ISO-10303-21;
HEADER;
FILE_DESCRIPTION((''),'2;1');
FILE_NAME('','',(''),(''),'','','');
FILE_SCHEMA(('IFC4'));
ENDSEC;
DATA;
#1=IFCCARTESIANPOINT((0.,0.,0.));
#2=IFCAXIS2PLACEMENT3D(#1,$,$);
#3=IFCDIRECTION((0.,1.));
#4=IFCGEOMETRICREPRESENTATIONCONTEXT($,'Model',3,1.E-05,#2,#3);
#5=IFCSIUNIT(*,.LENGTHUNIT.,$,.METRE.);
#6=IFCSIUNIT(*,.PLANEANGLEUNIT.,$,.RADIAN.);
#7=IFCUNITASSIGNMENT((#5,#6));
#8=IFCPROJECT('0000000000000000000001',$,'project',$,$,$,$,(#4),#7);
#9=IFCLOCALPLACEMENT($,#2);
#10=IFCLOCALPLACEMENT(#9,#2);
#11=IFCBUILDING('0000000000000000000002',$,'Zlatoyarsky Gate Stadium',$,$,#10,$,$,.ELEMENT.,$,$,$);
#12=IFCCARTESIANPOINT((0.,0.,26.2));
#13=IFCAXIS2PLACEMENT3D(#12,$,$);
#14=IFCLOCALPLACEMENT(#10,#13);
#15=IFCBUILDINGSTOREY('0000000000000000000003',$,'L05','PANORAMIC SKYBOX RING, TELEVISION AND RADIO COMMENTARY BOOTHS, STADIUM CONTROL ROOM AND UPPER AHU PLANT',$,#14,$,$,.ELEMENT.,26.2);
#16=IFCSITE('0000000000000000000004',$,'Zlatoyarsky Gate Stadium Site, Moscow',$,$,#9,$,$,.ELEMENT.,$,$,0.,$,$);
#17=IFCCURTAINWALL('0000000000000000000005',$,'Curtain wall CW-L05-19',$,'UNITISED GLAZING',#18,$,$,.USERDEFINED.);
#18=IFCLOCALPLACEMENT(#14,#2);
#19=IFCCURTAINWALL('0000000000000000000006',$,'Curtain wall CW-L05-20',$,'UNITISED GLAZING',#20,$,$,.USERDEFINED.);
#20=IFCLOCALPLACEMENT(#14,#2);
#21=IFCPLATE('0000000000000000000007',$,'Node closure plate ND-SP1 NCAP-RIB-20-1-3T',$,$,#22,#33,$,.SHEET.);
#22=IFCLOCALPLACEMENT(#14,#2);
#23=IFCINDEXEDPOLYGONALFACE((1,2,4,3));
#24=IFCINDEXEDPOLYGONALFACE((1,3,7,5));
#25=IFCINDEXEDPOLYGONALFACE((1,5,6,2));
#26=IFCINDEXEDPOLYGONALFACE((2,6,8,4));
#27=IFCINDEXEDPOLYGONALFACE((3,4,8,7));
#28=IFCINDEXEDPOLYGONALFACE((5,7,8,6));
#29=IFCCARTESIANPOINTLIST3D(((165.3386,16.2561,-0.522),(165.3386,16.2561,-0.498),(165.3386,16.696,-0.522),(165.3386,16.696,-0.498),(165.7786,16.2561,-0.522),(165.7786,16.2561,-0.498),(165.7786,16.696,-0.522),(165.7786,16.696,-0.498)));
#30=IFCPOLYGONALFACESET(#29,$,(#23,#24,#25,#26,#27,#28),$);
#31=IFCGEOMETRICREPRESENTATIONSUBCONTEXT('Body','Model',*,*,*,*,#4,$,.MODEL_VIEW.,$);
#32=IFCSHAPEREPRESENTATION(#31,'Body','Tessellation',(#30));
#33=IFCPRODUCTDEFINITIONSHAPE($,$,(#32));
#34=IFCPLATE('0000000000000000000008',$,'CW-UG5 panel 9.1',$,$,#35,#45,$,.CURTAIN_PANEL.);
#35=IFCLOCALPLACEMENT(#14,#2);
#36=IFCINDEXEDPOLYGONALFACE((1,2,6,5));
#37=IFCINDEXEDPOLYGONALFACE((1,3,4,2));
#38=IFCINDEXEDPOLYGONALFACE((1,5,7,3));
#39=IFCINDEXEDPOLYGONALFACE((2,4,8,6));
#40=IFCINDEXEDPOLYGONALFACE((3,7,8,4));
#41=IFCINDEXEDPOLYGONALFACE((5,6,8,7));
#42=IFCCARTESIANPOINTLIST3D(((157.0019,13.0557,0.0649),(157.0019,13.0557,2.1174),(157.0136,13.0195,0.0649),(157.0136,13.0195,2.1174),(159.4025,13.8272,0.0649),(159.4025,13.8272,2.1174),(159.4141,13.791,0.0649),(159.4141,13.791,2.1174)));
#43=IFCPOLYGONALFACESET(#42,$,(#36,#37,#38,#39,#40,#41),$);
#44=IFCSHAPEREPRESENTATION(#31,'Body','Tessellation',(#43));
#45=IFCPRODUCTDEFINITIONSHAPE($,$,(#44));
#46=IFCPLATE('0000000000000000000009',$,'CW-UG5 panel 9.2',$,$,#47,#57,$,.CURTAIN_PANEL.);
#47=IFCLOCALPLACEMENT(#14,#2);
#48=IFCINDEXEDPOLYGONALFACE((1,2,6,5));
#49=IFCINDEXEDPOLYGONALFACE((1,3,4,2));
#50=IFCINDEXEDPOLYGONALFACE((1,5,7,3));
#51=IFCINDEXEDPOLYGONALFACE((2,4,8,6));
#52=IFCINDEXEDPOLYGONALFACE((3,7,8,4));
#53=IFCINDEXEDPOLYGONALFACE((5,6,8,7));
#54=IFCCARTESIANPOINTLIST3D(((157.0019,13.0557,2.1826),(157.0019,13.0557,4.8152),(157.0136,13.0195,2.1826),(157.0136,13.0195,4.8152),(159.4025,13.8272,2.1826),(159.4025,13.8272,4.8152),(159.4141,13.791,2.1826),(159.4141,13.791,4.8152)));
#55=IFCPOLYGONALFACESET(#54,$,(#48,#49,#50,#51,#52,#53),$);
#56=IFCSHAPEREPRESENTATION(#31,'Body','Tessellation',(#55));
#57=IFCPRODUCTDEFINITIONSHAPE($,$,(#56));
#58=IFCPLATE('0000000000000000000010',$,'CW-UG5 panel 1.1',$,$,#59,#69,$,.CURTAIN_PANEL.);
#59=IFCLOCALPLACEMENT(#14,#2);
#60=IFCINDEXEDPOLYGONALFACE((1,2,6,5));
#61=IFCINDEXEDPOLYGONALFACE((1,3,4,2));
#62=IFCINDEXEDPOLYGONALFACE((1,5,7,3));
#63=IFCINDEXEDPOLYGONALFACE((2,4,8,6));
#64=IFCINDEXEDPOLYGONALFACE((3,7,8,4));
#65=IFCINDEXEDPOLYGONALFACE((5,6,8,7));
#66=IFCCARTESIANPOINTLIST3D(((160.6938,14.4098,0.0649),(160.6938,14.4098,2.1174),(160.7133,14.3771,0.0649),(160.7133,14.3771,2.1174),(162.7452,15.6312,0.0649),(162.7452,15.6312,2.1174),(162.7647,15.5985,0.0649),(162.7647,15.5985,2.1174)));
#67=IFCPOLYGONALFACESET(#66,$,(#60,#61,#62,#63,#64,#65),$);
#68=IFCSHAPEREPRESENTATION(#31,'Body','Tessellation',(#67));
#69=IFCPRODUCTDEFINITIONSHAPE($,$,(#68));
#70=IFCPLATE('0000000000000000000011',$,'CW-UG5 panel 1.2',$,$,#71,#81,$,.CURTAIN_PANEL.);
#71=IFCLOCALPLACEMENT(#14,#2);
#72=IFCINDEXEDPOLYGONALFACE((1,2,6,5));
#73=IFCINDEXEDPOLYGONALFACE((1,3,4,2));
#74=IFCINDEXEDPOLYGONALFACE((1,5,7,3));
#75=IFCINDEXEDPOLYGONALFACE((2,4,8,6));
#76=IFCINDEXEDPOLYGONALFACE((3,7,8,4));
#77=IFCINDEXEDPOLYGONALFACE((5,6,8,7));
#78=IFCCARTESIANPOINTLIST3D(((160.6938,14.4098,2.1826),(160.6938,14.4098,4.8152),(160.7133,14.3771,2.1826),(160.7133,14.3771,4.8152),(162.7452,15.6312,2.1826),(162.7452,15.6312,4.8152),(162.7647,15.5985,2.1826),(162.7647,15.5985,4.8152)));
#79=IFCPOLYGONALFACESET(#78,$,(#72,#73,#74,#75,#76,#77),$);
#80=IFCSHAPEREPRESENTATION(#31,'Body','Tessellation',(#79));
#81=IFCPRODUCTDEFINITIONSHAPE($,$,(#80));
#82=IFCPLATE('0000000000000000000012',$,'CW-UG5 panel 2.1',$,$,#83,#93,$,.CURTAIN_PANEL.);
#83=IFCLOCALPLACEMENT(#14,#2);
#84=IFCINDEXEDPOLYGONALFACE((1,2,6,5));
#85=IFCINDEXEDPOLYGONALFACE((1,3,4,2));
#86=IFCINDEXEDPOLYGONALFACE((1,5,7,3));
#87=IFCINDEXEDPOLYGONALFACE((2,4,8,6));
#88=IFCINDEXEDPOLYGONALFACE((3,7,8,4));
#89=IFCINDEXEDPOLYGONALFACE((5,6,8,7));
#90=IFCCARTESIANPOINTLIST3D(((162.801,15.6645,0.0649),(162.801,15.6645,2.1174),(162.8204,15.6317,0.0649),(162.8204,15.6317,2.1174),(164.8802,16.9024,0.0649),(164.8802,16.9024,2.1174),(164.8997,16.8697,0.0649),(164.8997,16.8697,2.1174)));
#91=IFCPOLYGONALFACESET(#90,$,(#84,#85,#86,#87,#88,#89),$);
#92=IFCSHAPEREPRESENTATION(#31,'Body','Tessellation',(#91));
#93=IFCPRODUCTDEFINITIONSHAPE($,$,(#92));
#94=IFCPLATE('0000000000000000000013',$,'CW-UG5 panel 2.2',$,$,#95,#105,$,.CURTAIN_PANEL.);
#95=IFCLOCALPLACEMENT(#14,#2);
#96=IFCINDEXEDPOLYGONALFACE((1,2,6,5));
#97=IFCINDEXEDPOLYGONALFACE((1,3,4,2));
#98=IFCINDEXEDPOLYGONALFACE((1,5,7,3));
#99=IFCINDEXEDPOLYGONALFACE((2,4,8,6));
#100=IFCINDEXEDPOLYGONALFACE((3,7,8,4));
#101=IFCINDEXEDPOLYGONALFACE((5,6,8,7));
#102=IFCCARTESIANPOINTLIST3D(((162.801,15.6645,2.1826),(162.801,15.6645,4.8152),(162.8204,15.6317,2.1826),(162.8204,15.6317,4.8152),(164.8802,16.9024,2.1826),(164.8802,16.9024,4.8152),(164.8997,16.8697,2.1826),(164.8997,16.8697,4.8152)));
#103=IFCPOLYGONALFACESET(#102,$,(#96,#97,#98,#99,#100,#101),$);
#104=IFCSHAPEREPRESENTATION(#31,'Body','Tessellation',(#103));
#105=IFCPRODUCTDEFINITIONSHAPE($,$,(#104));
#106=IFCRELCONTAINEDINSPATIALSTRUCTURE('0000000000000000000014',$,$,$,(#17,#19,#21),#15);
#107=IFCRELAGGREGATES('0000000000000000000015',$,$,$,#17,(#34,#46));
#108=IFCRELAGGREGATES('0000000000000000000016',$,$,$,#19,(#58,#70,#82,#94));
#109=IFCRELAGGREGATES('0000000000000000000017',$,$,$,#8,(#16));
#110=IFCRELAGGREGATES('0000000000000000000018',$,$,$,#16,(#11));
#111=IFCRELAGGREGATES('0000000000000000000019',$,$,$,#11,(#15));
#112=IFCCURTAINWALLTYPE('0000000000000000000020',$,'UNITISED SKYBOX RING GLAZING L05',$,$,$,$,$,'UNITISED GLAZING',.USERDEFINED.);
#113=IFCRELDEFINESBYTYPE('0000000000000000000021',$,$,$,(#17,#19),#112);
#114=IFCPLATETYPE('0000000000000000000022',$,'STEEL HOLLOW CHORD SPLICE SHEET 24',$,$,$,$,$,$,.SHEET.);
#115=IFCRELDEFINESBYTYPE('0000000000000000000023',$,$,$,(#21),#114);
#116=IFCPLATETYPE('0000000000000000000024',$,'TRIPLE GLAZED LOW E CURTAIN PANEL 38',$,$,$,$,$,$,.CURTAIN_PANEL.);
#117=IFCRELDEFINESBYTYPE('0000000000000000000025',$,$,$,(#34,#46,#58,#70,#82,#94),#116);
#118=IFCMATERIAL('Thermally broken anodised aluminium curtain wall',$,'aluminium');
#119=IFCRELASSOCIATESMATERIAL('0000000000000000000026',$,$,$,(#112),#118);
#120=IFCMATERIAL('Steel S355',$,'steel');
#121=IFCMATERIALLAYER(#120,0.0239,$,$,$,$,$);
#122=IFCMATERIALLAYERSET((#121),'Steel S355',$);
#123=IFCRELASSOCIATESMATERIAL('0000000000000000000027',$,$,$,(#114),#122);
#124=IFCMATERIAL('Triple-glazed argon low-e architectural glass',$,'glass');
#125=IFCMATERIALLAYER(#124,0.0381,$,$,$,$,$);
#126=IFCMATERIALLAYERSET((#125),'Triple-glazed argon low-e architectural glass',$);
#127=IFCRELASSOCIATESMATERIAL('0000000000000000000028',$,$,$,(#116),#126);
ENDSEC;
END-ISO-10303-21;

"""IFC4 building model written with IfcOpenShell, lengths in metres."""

from ifc_helpers import new_model, si_unit, direction, frame, origin, origin_2d, place, context, subcontext, project, spatial, rectangle, extrude, material, layer, layer_set, type_object, element, aggregate, save


model = new_model("IFC4")

# Units and contexts
model_context = context("Model", 3, precision=1e-05, world=origin(), true_north=direction((0.0, 1.0)))
body_context = subcontext(model_context, "Body", "Model", "MODEL_VIEW")
ifc_project = project(units=[si_unit("LENGTHUNIT", "METRE"), si_unit("PLANEANGLEUNIT", "RADIAN")], contexts=[model_context])

# Site, building, storey
site_placement = place(None, origin())
site = spatial("IfcSite", under=ifc_project, at=site_placement, Name="Zlatoyarsky Gate Stadium Site, Moscow", CompositionType="ELEMENT", RefElevation=0.0)
building_placement = place(site_placement, origin())
building = spatial("IfcBuilding", under=site, at=building_placement, Name="Zlatoyarsky Gate Stadium", CompositionType="ELEMENT")
storey_placement = place(building_placement, frame((0.0, 0.0, 26.2)))
storey = spatial("IfcBuildingStorey", under=building, at=storey_placement, Name="L05", Description="PANORAMIC SKYBOX RING, TELEVISION AND RADIO COMMENTARY BOOTHS, STADIUM CONTROL ROOM AND UPPER AHU PLANT", CompositionType="ELEMENT", Elevation=26.2)

# Curtain walls
ifc_material_1 = material(Name="Thermally broken anodised aluminium curtain wall", Category="aluminium")
curtain_wall_type = type_object("IfcCurtainWallType", Name="UNITISED SKYBOX RING GLAZING L05", ElementType="UNITISED GLAZING", PredefinedType="USERDEFINED", material=ifc_material_1)
curtain_wall_1_placement = place(storey_placement, origin())
curtain_wall_1 = element("IfcCurtainWall", 1, at=curtain_wall_1_placement, inside=storey, type_object=curtain_wall_type, Name="Curtain wall CW-L05-19", ObjectType="UNITISED GLAZING", PredefinedType="USERDEFINED")
curtain_wall_2_placement = place(storey_placement, origin())
curtain_wall_2 = element("IfcCurtainWall", 2, at=curtain_wall_2_placement, inside=storey, type_object=curtain_wall_type, Name="Curtain wall CW-L05-20", ObjectType="UNITISED GLAZING", PredefinedType="USERDEFINED")

# Shared definitions
ifc_material_2 = material(Name="Steel S355", Category="steel")

# Plate
ifc_layer_1 = layer(ifc_material_2, 0.0239)
ifc_layer_set_1 = layer_set([ifc_layer_1], Name="Steel S355")
plate_type_1 = type_object("IfcPlateType", Name="STEEL HOLLOW CHORD SPLICE SHEET 24", PredefinedType="SHEET", material=ifc_layer_set_1)
plate_1_placement = place(storey_placement, frame((165.5586, 16.4761, -0.522), z_axis=(0.0, 0.0, 1.0), x_axis=(1.0, 0.0, 0.0)))
element("IfcPlate", 3, at=plate_1_placement, inside=storey, type_object=plate_type_1, Name="Node closure plate ND-SP1 NCAP-RIB-20-1-3T", PredefinedType="SHEET", context=body_context, shape_type="SweptSolid", body=[
    extrude(rectangle(XDim=0.4399, YDim=0.4399, at=origin_2d()), origin(), (0.0, 0.0, 1.0), 0.0239),
])

# Plates
ifc_material_3 = material(Name="Triple-glazed argon low-e architectural glass", Category="glass")
ifc_layer_2 = layer(ifc_material_3, 0.0381)
ifc_layer_set_2 = layer_set([ifc_layer_2], Name="Triple-glazed argon low-e architectural glass")
plate_type_2 = type_object("IfcPlateType", Name="TRIPLE GLAZED LOW E CURTAIN PANEL 38", PredefinedType="CURTAIN_PANEL", material=ifc_layer_set_2)
plate_2_placement = place(storey_placement, frame((158.208, 13.4233, 0.0649), z_axis=(0.0, 0.0, 1.0), x_axis=(0.952039, 0.305978, 0.0)))
plate_2 = element("IfcPlate", 4, at=plate_2_placement, type_object=plate_type_2, Name="CW-UG5 panel 9.1", PredefinedType="CURTAIN_PANEL", context=body_context, shape_type="SweptSolid", body=[
    extrude(rectangle(XDim=2.5215, YDim=0.0381, at=origin_2d()), origin(), (0.0, 0.0, 1.0), 2.0525),
])
plate_3_placement = place(storey_placement, frame((158.208, 13.4233, 2.1826), z_axis=(0.0, 0.0, 1.0), x_axis=(0.952039, 0.305978, 0.0)))
plate_3 = element("IfcPlate", 5, at=plate_3_placement, type_object=plate_type_2, Name="CW-UG5 panel 9.2", PredefinedType="CURTAIN_PANEL", context=body_context, shape_type="SweptSolid", body=[
    extrude(rectangle(XDim=2.5215, YDim=0.0381, at=origin_2d()), origin(), (0.0, 0.0, 1.0), 2.6326),
])
aggregate(curtain_wall_1, [plate_2, plate_3])
plate_4_placement = place(storey_placement, frame((161.7292, 15.0042, 0.0649), z_axis=(0.0, 0.0, 1.0), x_axis=(0.859237, 0.511577, 0.0)))
plate_4 = element("IfcPlate", 6, at=plate_4_placement, type_object=plate_type_2, Name="CW-UG5 panel 1.1", PredefinedType="CURTAIN_PANEL", context=body_context, shape_type="SweptSolid", body=[
    extrude(rectangle(XDim=2.3875, YDim=0.0381, at=origin_2d()), origin(), (0.0, 0.0, 1.0), 2.0525),
])
plate_5_placement = place(storey_placement, frame((161.7292, 15.0042, 2.1826), z_axis=(0.0, 0.0, 1.0), x_axis=(0.859237, 0.511577, 0.0)))
plate_5 = element("IfcPlate", 7, at=plate_5_placement, type_object=plate_type_2, Name="CW-UG5 panel 1.2", PredefinedType="CURTAIN_PANEL", context=body_context, shape_type="SweptSolid", body=[
    extrude(rectangle(XDim=2.3875, YDim=0.0381, at=origin_2d()), origin(), (0.0, 0.0, 1.0), 2.6326),
])
plate_6_placement = place(storey_placement, frame((163.8503, 16.2671, 0.0649), z_axis=(0.0, 0.0, 1.0), x_axis=(0.859237, 0.511577, 0.0)))
plate_6 = element("IfcPlate", 8, at=plate_6_placement, type_object=plate_type_2, Name="CW-UG5 panel 2.1", PredefinedType="CURTAIN_PANEL", context=body_context, shape_type="SweptSolid", body=[
    extrude(rectangle(XDim=2.4199, YDim=0.0381, at=origin_2d()), origin(), (0.0, 0.0, 1.0), 2.0525),
])
plate_7_placement = place(storey_placement, frame((163.8503, 16.2671, 2.1826), z_axis=(0.0, 0.0, 1.0), x_axis=(0.859237, 0.511577, 0.0)))
plate_7 = element("IfcPlate", 9, at=plate_7_placement, type_object=plate_type_2, Name="CW-UG5 panel 2.2", PredefinedType="CURTAIN_PANEL", context=body_context, shape_type="SweptSolid", body=[
    extrude(rectangle(XDim=2.4199, YDim=0.0381, at=origin_2d()), origin(), (0.0, 0.0, 1.0), 2.6326),
])
aggregate(curtain_wall_2, [plate_4, plate_5, plate_6, plate_7])

save(model, "model.ifc")
